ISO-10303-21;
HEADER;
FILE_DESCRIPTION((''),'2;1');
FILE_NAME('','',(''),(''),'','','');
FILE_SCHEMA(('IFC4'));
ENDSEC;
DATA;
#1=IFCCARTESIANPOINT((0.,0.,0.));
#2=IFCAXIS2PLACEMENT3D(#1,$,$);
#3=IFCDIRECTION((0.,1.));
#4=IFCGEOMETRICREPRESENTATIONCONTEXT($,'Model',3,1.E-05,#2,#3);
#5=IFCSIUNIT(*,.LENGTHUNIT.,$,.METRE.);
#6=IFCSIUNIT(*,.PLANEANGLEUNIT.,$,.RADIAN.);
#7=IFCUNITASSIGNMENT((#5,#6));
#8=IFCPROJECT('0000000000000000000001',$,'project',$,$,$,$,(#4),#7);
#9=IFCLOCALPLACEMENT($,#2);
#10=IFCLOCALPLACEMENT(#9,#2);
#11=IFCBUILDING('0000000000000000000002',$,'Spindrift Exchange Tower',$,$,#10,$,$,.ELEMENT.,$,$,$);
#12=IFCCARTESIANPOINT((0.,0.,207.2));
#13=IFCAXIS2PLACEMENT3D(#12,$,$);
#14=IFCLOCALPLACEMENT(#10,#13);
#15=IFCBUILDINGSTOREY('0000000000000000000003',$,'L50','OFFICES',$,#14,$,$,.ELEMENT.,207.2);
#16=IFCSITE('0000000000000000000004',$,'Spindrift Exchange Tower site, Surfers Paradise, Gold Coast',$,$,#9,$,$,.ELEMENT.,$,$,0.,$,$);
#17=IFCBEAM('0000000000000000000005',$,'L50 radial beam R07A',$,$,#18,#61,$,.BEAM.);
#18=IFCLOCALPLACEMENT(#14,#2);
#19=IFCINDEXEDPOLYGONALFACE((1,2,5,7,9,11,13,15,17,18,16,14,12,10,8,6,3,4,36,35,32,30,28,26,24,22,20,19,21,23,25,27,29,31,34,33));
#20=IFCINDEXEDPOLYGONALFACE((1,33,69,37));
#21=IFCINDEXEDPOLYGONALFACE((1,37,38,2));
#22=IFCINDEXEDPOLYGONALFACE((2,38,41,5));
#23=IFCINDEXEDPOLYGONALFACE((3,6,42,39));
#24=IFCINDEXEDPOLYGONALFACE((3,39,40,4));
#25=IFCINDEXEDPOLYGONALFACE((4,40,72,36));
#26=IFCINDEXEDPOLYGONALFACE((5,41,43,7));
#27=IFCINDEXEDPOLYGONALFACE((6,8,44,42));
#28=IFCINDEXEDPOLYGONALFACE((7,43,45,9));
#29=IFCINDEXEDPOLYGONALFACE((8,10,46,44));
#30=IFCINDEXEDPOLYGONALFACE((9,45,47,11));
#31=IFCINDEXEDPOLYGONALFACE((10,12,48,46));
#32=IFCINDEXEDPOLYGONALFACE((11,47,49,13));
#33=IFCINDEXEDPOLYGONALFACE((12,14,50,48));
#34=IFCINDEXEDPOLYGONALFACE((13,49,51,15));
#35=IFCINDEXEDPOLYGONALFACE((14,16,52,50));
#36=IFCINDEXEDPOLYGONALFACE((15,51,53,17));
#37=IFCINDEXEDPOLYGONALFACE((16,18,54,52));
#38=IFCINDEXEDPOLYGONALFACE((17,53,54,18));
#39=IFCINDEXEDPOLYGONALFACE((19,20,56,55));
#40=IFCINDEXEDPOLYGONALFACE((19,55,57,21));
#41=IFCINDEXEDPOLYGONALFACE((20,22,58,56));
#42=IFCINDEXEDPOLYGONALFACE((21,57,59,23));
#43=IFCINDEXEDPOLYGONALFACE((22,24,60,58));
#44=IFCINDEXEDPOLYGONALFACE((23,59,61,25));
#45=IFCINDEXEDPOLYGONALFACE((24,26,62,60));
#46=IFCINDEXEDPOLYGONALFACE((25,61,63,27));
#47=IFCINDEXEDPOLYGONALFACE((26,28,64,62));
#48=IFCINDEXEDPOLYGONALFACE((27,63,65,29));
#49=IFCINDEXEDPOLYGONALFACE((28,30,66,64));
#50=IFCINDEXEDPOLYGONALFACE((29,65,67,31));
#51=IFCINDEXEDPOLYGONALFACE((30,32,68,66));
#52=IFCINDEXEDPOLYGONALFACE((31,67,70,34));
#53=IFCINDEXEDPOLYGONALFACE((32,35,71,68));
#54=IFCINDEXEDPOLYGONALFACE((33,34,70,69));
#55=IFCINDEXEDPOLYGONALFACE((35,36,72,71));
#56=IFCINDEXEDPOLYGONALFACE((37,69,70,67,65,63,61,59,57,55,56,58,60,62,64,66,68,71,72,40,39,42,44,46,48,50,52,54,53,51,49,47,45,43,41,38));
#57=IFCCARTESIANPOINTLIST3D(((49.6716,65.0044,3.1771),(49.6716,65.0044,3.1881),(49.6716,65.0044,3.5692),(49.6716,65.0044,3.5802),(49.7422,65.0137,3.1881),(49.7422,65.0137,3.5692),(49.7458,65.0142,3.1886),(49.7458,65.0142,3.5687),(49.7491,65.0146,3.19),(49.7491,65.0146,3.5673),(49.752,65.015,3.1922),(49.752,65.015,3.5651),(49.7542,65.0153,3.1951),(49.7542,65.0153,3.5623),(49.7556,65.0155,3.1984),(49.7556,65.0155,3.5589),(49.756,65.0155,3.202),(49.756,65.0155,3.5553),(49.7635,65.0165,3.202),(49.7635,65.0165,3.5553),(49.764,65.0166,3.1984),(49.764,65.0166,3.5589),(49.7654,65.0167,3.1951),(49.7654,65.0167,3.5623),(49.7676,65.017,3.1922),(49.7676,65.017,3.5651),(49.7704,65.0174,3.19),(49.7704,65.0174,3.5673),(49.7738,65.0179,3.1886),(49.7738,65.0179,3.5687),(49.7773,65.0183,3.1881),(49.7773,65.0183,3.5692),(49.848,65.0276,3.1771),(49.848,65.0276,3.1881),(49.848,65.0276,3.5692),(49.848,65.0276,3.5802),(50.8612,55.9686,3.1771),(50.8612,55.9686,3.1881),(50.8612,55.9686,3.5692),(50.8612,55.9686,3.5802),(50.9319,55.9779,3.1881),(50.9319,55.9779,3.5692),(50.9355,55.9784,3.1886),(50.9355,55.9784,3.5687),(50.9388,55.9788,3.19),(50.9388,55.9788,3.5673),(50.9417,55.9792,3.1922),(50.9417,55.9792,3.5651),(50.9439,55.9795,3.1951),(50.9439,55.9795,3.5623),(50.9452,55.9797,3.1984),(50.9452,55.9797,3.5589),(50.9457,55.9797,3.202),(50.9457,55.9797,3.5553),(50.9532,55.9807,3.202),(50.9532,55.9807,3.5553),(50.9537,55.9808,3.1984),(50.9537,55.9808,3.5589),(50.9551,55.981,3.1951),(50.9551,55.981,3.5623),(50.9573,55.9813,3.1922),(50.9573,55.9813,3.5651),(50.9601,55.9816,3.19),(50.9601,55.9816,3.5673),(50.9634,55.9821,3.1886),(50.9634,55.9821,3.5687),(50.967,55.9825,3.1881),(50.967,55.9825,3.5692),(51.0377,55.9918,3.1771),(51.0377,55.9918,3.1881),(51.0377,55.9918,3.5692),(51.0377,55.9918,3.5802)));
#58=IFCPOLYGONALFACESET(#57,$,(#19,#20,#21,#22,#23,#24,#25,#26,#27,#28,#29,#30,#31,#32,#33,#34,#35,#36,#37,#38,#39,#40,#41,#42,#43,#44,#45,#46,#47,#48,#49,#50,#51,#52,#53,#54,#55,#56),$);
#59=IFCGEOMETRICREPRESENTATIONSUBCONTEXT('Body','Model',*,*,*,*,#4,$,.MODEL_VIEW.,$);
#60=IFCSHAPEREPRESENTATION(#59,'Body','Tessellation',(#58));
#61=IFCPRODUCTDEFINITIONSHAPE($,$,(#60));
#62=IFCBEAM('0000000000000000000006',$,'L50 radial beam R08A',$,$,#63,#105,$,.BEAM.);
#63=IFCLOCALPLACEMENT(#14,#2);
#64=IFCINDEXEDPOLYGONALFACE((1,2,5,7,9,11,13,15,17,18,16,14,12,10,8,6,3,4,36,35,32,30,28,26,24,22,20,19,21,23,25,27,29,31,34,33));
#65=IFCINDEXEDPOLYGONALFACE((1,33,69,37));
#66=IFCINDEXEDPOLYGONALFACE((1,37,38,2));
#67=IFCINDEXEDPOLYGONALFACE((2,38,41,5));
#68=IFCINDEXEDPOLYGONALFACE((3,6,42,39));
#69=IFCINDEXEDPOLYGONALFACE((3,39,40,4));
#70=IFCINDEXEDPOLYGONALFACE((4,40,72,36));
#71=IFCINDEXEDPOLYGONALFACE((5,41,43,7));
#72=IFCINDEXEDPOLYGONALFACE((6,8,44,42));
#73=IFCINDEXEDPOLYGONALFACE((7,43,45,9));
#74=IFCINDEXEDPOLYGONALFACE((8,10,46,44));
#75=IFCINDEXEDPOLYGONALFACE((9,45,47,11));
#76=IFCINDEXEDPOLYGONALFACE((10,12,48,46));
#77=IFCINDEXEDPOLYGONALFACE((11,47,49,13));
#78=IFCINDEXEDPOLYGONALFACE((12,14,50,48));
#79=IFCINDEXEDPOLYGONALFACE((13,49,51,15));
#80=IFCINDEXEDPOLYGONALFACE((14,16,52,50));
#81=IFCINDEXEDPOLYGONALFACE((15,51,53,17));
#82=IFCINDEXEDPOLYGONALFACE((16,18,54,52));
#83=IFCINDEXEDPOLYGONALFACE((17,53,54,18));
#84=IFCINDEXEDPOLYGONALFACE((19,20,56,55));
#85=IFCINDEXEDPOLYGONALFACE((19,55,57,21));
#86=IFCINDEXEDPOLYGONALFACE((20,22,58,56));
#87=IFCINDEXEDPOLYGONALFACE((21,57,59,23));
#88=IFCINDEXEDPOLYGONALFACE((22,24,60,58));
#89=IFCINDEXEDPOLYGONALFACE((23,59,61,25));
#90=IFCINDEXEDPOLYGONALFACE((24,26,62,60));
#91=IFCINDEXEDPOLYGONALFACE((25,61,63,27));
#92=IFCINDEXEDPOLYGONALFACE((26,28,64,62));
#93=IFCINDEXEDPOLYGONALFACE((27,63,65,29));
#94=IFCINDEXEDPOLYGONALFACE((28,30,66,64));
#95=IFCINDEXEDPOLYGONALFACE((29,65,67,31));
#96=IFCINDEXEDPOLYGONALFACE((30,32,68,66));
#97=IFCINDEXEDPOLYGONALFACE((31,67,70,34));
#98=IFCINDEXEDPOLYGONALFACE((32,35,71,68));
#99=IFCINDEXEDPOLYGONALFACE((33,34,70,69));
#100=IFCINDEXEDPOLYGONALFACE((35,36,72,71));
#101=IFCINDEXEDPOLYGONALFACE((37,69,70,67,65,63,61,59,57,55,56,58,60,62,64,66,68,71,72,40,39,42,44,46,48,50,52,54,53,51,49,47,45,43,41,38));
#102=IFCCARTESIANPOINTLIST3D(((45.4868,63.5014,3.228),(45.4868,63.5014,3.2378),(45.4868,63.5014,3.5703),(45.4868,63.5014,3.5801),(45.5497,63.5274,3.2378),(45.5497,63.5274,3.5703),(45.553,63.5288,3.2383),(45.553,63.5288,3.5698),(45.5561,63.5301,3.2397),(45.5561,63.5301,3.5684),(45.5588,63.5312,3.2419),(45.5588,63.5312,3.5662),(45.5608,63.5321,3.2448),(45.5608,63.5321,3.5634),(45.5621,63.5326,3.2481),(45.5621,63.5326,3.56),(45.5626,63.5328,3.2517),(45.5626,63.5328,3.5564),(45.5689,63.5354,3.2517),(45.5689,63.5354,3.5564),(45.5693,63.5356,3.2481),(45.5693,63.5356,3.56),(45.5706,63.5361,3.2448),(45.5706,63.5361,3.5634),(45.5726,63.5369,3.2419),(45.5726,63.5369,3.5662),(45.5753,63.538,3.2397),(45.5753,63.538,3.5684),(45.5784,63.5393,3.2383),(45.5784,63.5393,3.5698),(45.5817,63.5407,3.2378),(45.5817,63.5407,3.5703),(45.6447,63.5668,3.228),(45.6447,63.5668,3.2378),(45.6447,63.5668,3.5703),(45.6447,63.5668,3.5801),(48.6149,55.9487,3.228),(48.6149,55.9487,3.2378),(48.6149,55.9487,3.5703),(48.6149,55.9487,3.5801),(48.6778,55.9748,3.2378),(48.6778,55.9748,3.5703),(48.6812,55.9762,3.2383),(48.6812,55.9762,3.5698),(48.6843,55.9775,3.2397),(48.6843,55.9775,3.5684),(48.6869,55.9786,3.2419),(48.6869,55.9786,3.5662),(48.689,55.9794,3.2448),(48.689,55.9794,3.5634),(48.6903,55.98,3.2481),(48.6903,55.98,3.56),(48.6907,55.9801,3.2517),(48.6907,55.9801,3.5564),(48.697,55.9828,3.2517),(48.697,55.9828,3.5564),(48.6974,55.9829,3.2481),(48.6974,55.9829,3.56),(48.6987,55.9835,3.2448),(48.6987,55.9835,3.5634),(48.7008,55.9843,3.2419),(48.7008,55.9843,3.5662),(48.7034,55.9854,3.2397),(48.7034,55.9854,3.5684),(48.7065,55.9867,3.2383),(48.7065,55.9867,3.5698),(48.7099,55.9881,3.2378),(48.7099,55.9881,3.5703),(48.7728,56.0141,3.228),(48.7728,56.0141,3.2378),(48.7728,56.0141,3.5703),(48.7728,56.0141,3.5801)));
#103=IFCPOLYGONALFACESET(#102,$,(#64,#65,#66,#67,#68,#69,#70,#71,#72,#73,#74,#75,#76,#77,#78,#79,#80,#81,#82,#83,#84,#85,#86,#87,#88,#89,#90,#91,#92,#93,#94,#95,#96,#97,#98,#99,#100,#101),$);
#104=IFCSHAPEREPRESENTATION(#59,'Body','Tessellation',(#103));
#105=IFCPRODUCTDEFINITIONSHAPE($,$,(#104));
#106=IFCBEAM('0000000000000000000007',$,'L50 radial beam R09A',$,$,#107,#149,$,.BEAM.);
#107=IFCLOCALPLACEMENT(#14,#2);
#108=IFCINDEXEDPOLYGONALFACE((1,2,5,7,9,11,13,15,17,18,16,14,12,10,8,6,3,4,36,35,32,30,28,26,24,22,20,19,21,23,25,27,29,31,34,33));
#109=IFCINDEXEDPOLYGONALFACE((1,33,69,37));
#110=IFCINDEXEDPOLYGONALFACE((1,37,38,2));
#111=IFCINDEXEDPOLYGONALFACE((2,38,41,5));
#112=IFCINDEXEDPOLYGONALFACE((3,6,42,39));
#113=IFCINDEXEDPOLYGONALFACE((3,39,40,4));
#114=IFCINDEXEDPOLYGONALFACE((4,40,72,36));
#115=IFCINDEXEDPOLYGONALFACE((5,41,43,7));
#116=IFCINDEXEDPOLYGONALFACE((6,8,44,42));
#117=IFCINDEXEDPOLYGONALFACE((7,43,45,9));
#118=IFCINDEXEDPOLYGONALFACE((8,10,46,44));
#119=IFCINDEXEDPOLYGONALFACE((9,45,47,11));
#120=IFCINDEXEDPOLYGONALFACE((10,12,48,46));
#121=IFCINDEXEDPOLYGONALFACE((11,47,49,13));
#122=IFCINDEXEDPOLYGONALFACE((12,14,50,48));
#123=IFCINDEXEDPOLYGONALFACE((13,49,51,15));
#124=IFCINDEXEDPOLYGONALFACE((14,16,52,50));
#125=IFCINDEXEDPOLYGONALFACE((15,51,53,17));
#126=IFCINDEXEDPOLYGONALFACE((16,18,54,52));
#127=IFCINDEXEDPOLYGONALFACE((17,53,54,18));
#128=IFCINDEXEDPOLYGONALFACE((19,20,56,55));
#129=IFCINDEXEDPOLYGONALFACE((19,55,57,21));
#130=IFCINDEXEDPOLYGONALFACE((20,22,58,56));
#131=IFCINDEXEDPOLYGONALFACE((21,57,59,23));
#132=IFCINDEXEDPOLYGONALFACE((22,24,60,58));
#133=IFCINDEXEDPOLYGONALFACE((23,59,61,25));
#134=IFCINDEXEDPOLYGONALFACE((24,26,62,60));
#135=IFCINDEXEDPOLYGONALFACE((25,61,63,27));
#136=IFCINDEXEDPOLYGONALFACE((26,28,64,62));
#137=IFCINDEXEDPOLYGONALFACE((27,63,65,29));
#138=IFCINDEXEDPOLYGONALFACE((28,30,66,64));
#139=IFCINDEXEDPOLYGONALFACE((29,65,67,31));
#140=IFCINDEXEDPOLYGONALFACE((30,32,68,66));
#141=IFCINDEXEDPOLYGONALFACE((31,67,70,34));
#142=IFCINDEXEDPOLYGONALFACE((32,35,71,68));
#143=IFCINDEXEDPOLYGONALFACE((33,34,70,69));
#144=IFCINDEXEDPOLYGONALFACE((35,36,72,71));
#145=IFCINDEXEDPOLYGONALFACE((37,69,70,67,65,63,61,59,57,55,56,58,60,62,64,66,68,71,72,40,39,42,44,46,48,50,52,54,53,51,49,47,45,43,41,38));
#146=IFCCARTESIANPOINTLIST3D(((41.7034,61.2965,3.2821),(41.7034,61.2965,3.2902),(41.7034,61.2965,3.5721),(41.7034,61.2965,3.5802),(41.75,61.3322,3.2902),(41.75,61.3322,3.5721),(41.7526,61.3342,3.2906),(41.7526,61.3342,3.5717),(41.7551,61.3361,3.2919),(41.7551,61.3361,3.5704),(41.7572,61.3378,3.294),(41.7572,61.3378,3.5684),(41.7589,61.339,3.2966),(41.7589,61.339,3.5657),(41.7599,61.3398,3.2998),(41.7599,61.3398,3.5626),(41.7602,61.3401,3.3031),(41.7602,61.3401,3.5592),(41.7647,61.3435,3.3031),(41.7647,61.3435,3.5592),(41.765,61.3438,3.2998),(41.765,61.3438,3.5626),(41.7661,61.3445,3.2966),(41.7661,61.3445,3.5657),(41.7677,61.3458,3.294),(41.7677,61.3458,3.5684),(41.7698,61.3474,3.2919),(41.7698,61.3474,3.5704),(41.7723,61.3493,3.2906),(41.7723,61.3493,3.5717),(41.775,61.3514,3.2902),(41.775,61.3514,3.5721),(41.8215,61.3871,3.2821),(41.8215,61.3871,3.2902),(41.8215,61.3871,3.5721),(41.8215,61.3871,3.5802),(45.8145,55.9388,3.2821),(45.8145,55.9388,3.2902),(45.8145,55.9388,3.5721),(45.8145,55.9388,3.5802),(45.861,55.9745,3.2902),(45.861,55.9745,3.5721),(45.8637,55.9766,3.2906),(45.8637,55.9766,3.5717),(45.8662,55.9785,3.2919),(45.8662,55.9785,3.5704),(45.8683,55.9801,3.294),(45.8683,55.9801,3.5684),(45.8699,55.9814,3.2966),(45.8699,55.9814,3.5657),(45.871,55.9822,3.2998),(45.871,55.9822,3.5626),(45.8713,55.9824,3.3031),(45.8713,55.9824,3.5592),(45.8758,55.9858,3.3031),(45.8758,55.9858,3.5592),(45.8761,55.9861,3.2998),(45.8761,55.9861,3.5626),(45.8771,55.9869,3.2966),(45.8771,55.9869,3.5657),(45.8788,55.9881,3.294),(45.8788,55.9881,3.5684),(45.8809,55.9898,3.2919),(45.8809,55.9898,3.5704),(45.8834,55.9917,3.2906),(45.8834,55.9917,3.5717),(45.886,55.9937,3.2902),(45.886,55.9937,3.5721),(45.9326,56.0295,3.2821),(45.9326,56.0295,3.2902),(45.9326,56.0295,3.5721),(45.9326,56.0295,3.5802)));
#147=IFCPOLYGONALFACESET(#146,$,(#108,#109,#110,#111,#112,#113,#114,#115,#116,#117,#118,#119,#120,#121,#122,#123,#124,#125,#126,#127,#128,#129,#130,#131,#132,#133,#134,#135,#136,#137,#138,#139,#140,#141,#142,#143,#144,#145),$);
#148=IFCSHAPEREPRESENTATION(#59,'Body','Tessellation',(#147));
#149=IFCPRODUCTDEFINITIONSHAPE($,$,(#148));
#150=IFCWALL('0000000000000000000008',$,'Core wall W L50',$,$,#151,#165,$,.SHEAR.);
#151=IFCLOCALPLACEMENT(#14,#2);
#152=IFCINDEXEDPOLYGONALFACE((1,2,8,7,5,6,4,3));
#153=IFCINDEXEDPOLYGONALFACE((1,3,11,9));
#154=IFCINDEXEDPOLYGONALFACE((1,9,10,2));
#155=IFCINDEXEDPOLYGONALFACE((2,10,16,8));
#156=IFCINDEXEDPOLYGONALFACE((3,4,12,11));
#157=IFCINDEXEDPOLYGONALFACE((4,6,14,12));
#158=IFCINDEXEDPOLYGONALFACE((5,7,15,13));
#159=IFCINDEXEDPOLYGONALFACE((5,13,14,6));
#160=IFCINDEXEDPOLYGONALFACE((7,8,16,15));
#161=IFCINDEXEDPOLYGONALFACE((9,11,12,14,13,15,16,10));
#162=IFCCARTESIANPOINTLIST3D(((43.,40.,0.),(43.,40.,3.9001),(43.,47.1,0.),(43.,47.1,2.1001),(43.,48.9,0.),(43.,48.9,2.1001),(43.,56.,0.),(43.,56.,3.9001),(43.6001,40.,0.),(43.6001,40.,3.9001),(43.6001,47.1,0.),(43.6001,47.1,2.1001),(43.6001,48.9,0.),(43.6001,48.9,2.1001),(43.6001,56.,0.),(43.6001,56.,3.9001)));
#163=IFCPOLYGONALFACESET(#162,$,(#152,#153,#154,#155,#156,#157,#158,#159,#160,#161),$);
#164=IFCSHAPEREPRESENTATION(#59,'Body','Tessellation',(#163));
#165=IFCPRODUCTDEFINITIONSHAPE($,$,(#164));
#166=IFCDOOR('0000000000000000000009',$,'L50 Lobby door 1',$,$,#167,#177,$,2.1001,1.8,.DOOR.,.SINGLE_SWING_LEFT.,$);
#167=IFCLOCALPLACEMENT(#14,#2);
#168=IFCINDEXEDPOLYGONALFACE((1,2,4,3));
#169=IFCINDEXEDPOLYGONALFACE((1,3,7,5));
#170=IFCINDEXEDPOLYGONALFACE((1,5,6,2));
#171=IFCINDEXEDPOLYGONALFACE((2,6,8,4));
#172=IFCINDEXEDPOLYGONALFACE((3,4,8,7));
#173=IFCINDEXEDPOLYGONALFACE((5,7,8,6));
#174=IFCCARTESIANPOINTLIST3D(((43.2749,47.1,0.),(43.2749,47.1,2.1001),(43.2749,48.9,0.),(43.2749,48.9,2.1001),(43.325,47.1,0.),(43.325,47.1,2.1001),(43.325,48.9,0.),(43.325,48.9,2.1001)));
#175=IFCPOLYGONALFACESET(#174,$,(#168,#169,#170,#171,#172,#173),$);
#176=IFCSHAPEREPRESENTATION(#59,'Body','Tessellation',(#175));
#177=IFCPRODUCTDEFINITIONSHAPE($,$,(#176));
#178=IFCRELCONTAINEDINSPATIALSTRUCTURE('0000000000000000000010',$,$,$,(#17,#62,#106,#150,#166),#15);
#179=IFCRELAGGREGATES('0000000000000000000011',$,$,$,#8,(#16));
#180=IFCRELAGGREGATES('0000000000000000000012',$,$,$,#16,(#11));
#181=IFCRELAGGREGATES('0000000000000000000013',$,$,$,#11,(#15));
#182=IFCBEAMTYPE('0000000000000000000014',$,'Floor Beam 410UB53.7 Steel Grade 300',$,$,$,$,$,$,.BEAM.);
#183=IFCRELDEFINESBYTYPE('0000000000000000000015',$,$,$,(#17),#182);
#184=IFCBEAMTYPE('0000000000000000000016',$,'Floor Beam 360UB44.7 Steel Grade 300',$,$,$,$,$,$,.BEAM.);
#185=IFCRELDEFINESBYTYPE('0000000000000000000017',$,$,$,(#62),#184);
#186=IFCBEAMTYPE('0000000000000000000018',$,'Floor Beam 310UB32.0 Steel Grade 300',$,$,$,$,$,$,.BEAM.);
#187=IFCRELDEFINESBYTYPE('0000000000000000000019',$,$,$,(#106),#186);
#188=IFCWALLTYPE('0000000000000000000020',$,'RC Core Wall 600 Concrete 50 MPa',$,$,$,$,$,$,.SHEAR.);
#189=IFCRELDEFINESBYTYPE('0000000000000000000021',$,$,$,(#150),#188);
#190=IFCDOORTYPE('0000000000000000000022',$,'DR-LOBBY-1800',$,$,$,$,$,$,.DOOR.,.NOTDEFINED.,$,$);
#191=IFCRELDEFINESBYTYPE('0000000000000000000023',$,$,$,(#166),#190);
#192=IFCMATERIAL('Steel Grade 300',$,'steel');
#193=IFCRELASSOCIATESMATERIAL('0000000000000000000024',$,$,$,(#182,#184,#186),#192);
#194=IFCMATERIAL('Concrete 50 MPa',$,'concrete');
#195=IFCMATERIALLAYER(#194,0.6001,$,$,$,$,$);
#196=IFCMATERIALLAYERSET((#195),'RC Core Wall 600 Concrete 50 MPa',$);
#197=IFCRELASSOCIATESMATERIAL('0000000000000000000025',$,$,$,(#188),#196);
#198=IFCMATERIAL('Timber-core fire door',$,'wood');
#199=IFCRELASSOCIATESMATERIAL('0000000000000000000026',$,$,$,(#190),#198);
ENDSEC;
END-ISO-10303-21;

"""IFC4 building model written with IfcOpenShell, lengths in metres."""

from ifc_helpers import new_model, si_unit, direction, frame, frame_2d, origin, origin_2d, place, context, subcontext, project, spatial, rectangle, i_section, extrude, source, transform, mapped, material, layer, layer_set, material_profile, profile_set, type_object, element, fill, save


model = new_model("IFC4")

# Units and contexts
model_context = context("Model", 3, precision=1e-05, world=origin(), true_north=direction((0.0, 1.0)))
body_context = subcontext(model_context, "Body", "Model", "MODEL_VIEW")
ifc_project = project(units=[si_unit("LENGTHUNIT", "METRE"), si_unit("PLANEANGLEUNIT", "RADIAN")], contexts=[model_context])

# Site, building, storey
site_placement = place(None, origin())
site = spatial("IfcSite", under=ifc_project, at=site_placement, Name="Spindrift Exchange Tower site, Surfers Paradise, Gold Coast", CompositionType="ELEMENT", RefElevation=0.0)
building_placement = place(site_placement, origin())
building = spatial("IfcBuilding", under=site, at=building_placement, Name="Spindrift Exchange Tower", CompositionType="ELEMENT")
storey_placement = place(building_placement, frame((0.0, 0.0, 207.2)))
storey = spatial("IfcBuildingStorey", under=building, at=storey_placement, Name="L50", Description="OFFICES", CompositionType="ELEMENT", Elevation=207.2)

# Beams
ifc_material_1 = material(Name="Steel Grade 300", Category="steel")
ifc_material_profile_1 = material_profile(ifc_material_1, i_section(OverallWidth=0.178, OverallDepth=0.4031, WebThickness=0.0076, FlangeThickness=0.011, FilletRadius=0.0139, at=origin_2d()), Name="410UB53.7")
ifc_profile_set_1 = profile_set([ifc_material_profile_1], Name="Steel Grade 300")
beam_type_1 = type_object("IfcBeamType", Name="Floor Beam 410UB53.7 Steel Grade 300", PredefinedType="BEAM", material=ifc_profile_set_1)
shared_shape_1 = source(origin(), body_context, "Body", "SweptSolid", [
    extrude(i_section(OverallWidth=0.178, OverallDepth=0.4031, WebThickness=0.0076, FlangeThickness=0.011, FilletRadius=0.0139, at=origin_2d()), origin(), (0.0, 0.0, 1.0), 9.1138),
])
beam_1_placement = place(storey_placement, frame((50.9495, 55.9802, 3.3787), z_axis=(-0.130537, 0.991443, 0.0), x_axis=(-0.991443, -0.130537, 0.0)))
element("IfcBeam", 1, at=beam_1_placement, inside=storey, type_object=beam_type_1, Name="L50 radial beam R07A", PredefinedType="BEAM", context=body_context, shape_type="MappedRepresentation", body=[
    mapped(shared_shape_1, transform((0.0, 0.0, 0.0), scale=1.0)),
])
ifc_material_profile_2 = material_profile(ifc_material_1, i_section(OverallWidth=0.1709, OverallDepth=0.3521, WebThickness=0.0068, FlangeThickness=0.0098, FilletRadius=0.0139, at=origin_2d()), Name="360UB44.7")
ifc_profile_set_2 = profile_set([ifc_material_profile_2], Name="Steel Grade 300")
beam_type_2 = type_object("IfcBeamType", Name="Floor Beam 360UB44.7 Steel Grade 300", PredefinedType="BEAM", material=ifc_profile_set_2)
shared_shape_2 = source(origin(), body_context, "Body", "SweptSolid", [
    extrude(i_section(OverallWidth=0.1709, OverallDepth=0.3521, WebThickness=0.0068, FlangeThickness=0.0098, FilletRadius=0.0139, at=origin_2d()), origin(), (0.0, 0.0, 1.0), 8.1748),
])
beam_2_placement = place(storey_placement, frame((48.6938, 55.9814, 3.4041), z_axis=(-0.382655, 0.923891, 0.0), x_axis=(-0.923891, -0.382655, 0.0)))
element("IfcBeam", 2, at=beam_2_placement, inside=storey, type_object=beam_type_2, Name="L50 radial beam R08A", PredefinedType="BEAM", context=body_context, shape_type="MappedRepresentation", body=[
    mapped(shared_shape_2, transform((0.0, 0.0, 0.0), scale=1.0)),
])
ifc_material_profile_3 = material_profile(ifc_material_1, i_section(OverallWidth=0.1489, OverallDepth=0.2981, WebThickness=0.0056, FlangeThickness=0.0081, FilletRadius=0.0129, at=origin_2d()), Name="310UB32.0")
ifc_profile_set_3 = profile_set([ifc_material_profile_3], Name="Steel Grade 300")
beam_type_3 = type_object("IfcBeamType", Name="Floor Beam 310UB32.0 Steel Grade 300", PredefinedType="BEAM", material=ifc_profile_set_3)
shared_shape_3 = source(origin(), body_context, "Body", "SweptSolid", [
    extrude(i_section(OverallWidth=0.1489, OverallDepth=0.2981, WebThickness=0.0056, FlangeThickness=0.0081, FilletRadius=0.0129, at=origin_2d()), origin(), (0.0, 0.0, 1.0), 6.7532),
])
beam_3_placement = place(storey_placement, frame((45.8735, 55.9841, 3.4312), z_axis=(-0.608762, 0.793353, 0.0), x_axis=(-0.793353, -0.608762, 0.0)))
element("IfcBeam", 3, at=beam_3_placement, inside=storey, type_object=beam_type_3, Name="L50 radial beam R09A", PredefinedType="BEAM", context=body_context, shape_type="MappedRepresentation", body=[
    mapped(shared_shape_3, transform((0.0, 0.0, 0.0), scale=1.0)),
])

# Wall, opening, door
ifc_material_2 = material(Name="Concrete 50 MPa", Category="concrete")
ifc_layer = layer(ifc_material_2, 0.6001)
ifc_layer_set = layer_set([ifc_layer], Name="RC Core Wall 600 Concrete 50 MPa")
wall_type = type_object("IfcWallType", Name="RC Core Wall 600 Concrete 50 MPa", PredefinedType="SHEAR", material=ifc_layer_set)
wall_placement = place(storey_placement, frame((43.3, 56.0, 0.0), z_axis=(0.0, 0.0, 1.0), x_axis=(0.0, -1.0, 0.0)))
wall = element("IfcWall", 4, at=wall_placement, inside=storey, type_object=wall_type, Name="Core wall W L50", PredefinedType="SHEAR", context=body_context, shape_type="SweptSolid", body=[
    extrude(rectangle(XDim=16.0, YDim=0.6001, at=frame_2d((8.0, 0.0))), origin(), (0.0, 0.0, 1.0), 3.9001),
])
opening_placement = place(wall_placement, frame((7.1001, 0.0, 0.0)))
opening = element("IfcOpeningElement", 5, at=opening_placement, cuts=wall, PredefinedType="OPENING", context=body_context, shape_type="SweptSolid", body=[
    extrude(rectangle(XDim=1.8, YDim=2.1001, at=frame_2d((0.8999, 1.05))), frame((0.0, 0.3101, 0.0), z_axis=(0.0, -1.0, 0.0), x_axis=(1.0, 0.0, 0.0)), (0.0, 0.0, 1.0), 0.6201),
])
ifc_material_3 = material(Name="Timber-core fire door", Category="wood")
door_type = type_object("IfcDoorType", Name="DR-LOBBY-1800", OperationType="NOTDEFINED", PredefinedType="DOOR", material=ifc_material_3)
shared_shape_4 = source(origin(), body_context, "Body", "SweptSolid", [
    extrude(rectangle(XDim=1.8, YDim=2.1001, at=frame_2d((0.8999, 1.05))), frame((0.0, 0.0249, 0.0), z_axis=(0.0, -1.0, 0.0), x_axis=(1.0, 0.0, 0.0)), (0.0, 0.0, 1.0), 0.05),
])
door_placement = place(opening_placement, origin())
door = element("IfcDoor", 6, at=door_placement, inside=storey, type_object=door_type, Name="L50 Lobby door 1", OperationType="SINGLE_SWING_LEFT", OverallHeight=2.1001, OverallWidth=1.8, PredefinedType="DOOR", context=body_context, shape_type="MappedRepresentation", body=[
    mapped(shared_shape_4, transform((0.0, 0.0, 0.0), scale=1.0)),
])
fill(opening, door)

save(model, "model.ifc")
